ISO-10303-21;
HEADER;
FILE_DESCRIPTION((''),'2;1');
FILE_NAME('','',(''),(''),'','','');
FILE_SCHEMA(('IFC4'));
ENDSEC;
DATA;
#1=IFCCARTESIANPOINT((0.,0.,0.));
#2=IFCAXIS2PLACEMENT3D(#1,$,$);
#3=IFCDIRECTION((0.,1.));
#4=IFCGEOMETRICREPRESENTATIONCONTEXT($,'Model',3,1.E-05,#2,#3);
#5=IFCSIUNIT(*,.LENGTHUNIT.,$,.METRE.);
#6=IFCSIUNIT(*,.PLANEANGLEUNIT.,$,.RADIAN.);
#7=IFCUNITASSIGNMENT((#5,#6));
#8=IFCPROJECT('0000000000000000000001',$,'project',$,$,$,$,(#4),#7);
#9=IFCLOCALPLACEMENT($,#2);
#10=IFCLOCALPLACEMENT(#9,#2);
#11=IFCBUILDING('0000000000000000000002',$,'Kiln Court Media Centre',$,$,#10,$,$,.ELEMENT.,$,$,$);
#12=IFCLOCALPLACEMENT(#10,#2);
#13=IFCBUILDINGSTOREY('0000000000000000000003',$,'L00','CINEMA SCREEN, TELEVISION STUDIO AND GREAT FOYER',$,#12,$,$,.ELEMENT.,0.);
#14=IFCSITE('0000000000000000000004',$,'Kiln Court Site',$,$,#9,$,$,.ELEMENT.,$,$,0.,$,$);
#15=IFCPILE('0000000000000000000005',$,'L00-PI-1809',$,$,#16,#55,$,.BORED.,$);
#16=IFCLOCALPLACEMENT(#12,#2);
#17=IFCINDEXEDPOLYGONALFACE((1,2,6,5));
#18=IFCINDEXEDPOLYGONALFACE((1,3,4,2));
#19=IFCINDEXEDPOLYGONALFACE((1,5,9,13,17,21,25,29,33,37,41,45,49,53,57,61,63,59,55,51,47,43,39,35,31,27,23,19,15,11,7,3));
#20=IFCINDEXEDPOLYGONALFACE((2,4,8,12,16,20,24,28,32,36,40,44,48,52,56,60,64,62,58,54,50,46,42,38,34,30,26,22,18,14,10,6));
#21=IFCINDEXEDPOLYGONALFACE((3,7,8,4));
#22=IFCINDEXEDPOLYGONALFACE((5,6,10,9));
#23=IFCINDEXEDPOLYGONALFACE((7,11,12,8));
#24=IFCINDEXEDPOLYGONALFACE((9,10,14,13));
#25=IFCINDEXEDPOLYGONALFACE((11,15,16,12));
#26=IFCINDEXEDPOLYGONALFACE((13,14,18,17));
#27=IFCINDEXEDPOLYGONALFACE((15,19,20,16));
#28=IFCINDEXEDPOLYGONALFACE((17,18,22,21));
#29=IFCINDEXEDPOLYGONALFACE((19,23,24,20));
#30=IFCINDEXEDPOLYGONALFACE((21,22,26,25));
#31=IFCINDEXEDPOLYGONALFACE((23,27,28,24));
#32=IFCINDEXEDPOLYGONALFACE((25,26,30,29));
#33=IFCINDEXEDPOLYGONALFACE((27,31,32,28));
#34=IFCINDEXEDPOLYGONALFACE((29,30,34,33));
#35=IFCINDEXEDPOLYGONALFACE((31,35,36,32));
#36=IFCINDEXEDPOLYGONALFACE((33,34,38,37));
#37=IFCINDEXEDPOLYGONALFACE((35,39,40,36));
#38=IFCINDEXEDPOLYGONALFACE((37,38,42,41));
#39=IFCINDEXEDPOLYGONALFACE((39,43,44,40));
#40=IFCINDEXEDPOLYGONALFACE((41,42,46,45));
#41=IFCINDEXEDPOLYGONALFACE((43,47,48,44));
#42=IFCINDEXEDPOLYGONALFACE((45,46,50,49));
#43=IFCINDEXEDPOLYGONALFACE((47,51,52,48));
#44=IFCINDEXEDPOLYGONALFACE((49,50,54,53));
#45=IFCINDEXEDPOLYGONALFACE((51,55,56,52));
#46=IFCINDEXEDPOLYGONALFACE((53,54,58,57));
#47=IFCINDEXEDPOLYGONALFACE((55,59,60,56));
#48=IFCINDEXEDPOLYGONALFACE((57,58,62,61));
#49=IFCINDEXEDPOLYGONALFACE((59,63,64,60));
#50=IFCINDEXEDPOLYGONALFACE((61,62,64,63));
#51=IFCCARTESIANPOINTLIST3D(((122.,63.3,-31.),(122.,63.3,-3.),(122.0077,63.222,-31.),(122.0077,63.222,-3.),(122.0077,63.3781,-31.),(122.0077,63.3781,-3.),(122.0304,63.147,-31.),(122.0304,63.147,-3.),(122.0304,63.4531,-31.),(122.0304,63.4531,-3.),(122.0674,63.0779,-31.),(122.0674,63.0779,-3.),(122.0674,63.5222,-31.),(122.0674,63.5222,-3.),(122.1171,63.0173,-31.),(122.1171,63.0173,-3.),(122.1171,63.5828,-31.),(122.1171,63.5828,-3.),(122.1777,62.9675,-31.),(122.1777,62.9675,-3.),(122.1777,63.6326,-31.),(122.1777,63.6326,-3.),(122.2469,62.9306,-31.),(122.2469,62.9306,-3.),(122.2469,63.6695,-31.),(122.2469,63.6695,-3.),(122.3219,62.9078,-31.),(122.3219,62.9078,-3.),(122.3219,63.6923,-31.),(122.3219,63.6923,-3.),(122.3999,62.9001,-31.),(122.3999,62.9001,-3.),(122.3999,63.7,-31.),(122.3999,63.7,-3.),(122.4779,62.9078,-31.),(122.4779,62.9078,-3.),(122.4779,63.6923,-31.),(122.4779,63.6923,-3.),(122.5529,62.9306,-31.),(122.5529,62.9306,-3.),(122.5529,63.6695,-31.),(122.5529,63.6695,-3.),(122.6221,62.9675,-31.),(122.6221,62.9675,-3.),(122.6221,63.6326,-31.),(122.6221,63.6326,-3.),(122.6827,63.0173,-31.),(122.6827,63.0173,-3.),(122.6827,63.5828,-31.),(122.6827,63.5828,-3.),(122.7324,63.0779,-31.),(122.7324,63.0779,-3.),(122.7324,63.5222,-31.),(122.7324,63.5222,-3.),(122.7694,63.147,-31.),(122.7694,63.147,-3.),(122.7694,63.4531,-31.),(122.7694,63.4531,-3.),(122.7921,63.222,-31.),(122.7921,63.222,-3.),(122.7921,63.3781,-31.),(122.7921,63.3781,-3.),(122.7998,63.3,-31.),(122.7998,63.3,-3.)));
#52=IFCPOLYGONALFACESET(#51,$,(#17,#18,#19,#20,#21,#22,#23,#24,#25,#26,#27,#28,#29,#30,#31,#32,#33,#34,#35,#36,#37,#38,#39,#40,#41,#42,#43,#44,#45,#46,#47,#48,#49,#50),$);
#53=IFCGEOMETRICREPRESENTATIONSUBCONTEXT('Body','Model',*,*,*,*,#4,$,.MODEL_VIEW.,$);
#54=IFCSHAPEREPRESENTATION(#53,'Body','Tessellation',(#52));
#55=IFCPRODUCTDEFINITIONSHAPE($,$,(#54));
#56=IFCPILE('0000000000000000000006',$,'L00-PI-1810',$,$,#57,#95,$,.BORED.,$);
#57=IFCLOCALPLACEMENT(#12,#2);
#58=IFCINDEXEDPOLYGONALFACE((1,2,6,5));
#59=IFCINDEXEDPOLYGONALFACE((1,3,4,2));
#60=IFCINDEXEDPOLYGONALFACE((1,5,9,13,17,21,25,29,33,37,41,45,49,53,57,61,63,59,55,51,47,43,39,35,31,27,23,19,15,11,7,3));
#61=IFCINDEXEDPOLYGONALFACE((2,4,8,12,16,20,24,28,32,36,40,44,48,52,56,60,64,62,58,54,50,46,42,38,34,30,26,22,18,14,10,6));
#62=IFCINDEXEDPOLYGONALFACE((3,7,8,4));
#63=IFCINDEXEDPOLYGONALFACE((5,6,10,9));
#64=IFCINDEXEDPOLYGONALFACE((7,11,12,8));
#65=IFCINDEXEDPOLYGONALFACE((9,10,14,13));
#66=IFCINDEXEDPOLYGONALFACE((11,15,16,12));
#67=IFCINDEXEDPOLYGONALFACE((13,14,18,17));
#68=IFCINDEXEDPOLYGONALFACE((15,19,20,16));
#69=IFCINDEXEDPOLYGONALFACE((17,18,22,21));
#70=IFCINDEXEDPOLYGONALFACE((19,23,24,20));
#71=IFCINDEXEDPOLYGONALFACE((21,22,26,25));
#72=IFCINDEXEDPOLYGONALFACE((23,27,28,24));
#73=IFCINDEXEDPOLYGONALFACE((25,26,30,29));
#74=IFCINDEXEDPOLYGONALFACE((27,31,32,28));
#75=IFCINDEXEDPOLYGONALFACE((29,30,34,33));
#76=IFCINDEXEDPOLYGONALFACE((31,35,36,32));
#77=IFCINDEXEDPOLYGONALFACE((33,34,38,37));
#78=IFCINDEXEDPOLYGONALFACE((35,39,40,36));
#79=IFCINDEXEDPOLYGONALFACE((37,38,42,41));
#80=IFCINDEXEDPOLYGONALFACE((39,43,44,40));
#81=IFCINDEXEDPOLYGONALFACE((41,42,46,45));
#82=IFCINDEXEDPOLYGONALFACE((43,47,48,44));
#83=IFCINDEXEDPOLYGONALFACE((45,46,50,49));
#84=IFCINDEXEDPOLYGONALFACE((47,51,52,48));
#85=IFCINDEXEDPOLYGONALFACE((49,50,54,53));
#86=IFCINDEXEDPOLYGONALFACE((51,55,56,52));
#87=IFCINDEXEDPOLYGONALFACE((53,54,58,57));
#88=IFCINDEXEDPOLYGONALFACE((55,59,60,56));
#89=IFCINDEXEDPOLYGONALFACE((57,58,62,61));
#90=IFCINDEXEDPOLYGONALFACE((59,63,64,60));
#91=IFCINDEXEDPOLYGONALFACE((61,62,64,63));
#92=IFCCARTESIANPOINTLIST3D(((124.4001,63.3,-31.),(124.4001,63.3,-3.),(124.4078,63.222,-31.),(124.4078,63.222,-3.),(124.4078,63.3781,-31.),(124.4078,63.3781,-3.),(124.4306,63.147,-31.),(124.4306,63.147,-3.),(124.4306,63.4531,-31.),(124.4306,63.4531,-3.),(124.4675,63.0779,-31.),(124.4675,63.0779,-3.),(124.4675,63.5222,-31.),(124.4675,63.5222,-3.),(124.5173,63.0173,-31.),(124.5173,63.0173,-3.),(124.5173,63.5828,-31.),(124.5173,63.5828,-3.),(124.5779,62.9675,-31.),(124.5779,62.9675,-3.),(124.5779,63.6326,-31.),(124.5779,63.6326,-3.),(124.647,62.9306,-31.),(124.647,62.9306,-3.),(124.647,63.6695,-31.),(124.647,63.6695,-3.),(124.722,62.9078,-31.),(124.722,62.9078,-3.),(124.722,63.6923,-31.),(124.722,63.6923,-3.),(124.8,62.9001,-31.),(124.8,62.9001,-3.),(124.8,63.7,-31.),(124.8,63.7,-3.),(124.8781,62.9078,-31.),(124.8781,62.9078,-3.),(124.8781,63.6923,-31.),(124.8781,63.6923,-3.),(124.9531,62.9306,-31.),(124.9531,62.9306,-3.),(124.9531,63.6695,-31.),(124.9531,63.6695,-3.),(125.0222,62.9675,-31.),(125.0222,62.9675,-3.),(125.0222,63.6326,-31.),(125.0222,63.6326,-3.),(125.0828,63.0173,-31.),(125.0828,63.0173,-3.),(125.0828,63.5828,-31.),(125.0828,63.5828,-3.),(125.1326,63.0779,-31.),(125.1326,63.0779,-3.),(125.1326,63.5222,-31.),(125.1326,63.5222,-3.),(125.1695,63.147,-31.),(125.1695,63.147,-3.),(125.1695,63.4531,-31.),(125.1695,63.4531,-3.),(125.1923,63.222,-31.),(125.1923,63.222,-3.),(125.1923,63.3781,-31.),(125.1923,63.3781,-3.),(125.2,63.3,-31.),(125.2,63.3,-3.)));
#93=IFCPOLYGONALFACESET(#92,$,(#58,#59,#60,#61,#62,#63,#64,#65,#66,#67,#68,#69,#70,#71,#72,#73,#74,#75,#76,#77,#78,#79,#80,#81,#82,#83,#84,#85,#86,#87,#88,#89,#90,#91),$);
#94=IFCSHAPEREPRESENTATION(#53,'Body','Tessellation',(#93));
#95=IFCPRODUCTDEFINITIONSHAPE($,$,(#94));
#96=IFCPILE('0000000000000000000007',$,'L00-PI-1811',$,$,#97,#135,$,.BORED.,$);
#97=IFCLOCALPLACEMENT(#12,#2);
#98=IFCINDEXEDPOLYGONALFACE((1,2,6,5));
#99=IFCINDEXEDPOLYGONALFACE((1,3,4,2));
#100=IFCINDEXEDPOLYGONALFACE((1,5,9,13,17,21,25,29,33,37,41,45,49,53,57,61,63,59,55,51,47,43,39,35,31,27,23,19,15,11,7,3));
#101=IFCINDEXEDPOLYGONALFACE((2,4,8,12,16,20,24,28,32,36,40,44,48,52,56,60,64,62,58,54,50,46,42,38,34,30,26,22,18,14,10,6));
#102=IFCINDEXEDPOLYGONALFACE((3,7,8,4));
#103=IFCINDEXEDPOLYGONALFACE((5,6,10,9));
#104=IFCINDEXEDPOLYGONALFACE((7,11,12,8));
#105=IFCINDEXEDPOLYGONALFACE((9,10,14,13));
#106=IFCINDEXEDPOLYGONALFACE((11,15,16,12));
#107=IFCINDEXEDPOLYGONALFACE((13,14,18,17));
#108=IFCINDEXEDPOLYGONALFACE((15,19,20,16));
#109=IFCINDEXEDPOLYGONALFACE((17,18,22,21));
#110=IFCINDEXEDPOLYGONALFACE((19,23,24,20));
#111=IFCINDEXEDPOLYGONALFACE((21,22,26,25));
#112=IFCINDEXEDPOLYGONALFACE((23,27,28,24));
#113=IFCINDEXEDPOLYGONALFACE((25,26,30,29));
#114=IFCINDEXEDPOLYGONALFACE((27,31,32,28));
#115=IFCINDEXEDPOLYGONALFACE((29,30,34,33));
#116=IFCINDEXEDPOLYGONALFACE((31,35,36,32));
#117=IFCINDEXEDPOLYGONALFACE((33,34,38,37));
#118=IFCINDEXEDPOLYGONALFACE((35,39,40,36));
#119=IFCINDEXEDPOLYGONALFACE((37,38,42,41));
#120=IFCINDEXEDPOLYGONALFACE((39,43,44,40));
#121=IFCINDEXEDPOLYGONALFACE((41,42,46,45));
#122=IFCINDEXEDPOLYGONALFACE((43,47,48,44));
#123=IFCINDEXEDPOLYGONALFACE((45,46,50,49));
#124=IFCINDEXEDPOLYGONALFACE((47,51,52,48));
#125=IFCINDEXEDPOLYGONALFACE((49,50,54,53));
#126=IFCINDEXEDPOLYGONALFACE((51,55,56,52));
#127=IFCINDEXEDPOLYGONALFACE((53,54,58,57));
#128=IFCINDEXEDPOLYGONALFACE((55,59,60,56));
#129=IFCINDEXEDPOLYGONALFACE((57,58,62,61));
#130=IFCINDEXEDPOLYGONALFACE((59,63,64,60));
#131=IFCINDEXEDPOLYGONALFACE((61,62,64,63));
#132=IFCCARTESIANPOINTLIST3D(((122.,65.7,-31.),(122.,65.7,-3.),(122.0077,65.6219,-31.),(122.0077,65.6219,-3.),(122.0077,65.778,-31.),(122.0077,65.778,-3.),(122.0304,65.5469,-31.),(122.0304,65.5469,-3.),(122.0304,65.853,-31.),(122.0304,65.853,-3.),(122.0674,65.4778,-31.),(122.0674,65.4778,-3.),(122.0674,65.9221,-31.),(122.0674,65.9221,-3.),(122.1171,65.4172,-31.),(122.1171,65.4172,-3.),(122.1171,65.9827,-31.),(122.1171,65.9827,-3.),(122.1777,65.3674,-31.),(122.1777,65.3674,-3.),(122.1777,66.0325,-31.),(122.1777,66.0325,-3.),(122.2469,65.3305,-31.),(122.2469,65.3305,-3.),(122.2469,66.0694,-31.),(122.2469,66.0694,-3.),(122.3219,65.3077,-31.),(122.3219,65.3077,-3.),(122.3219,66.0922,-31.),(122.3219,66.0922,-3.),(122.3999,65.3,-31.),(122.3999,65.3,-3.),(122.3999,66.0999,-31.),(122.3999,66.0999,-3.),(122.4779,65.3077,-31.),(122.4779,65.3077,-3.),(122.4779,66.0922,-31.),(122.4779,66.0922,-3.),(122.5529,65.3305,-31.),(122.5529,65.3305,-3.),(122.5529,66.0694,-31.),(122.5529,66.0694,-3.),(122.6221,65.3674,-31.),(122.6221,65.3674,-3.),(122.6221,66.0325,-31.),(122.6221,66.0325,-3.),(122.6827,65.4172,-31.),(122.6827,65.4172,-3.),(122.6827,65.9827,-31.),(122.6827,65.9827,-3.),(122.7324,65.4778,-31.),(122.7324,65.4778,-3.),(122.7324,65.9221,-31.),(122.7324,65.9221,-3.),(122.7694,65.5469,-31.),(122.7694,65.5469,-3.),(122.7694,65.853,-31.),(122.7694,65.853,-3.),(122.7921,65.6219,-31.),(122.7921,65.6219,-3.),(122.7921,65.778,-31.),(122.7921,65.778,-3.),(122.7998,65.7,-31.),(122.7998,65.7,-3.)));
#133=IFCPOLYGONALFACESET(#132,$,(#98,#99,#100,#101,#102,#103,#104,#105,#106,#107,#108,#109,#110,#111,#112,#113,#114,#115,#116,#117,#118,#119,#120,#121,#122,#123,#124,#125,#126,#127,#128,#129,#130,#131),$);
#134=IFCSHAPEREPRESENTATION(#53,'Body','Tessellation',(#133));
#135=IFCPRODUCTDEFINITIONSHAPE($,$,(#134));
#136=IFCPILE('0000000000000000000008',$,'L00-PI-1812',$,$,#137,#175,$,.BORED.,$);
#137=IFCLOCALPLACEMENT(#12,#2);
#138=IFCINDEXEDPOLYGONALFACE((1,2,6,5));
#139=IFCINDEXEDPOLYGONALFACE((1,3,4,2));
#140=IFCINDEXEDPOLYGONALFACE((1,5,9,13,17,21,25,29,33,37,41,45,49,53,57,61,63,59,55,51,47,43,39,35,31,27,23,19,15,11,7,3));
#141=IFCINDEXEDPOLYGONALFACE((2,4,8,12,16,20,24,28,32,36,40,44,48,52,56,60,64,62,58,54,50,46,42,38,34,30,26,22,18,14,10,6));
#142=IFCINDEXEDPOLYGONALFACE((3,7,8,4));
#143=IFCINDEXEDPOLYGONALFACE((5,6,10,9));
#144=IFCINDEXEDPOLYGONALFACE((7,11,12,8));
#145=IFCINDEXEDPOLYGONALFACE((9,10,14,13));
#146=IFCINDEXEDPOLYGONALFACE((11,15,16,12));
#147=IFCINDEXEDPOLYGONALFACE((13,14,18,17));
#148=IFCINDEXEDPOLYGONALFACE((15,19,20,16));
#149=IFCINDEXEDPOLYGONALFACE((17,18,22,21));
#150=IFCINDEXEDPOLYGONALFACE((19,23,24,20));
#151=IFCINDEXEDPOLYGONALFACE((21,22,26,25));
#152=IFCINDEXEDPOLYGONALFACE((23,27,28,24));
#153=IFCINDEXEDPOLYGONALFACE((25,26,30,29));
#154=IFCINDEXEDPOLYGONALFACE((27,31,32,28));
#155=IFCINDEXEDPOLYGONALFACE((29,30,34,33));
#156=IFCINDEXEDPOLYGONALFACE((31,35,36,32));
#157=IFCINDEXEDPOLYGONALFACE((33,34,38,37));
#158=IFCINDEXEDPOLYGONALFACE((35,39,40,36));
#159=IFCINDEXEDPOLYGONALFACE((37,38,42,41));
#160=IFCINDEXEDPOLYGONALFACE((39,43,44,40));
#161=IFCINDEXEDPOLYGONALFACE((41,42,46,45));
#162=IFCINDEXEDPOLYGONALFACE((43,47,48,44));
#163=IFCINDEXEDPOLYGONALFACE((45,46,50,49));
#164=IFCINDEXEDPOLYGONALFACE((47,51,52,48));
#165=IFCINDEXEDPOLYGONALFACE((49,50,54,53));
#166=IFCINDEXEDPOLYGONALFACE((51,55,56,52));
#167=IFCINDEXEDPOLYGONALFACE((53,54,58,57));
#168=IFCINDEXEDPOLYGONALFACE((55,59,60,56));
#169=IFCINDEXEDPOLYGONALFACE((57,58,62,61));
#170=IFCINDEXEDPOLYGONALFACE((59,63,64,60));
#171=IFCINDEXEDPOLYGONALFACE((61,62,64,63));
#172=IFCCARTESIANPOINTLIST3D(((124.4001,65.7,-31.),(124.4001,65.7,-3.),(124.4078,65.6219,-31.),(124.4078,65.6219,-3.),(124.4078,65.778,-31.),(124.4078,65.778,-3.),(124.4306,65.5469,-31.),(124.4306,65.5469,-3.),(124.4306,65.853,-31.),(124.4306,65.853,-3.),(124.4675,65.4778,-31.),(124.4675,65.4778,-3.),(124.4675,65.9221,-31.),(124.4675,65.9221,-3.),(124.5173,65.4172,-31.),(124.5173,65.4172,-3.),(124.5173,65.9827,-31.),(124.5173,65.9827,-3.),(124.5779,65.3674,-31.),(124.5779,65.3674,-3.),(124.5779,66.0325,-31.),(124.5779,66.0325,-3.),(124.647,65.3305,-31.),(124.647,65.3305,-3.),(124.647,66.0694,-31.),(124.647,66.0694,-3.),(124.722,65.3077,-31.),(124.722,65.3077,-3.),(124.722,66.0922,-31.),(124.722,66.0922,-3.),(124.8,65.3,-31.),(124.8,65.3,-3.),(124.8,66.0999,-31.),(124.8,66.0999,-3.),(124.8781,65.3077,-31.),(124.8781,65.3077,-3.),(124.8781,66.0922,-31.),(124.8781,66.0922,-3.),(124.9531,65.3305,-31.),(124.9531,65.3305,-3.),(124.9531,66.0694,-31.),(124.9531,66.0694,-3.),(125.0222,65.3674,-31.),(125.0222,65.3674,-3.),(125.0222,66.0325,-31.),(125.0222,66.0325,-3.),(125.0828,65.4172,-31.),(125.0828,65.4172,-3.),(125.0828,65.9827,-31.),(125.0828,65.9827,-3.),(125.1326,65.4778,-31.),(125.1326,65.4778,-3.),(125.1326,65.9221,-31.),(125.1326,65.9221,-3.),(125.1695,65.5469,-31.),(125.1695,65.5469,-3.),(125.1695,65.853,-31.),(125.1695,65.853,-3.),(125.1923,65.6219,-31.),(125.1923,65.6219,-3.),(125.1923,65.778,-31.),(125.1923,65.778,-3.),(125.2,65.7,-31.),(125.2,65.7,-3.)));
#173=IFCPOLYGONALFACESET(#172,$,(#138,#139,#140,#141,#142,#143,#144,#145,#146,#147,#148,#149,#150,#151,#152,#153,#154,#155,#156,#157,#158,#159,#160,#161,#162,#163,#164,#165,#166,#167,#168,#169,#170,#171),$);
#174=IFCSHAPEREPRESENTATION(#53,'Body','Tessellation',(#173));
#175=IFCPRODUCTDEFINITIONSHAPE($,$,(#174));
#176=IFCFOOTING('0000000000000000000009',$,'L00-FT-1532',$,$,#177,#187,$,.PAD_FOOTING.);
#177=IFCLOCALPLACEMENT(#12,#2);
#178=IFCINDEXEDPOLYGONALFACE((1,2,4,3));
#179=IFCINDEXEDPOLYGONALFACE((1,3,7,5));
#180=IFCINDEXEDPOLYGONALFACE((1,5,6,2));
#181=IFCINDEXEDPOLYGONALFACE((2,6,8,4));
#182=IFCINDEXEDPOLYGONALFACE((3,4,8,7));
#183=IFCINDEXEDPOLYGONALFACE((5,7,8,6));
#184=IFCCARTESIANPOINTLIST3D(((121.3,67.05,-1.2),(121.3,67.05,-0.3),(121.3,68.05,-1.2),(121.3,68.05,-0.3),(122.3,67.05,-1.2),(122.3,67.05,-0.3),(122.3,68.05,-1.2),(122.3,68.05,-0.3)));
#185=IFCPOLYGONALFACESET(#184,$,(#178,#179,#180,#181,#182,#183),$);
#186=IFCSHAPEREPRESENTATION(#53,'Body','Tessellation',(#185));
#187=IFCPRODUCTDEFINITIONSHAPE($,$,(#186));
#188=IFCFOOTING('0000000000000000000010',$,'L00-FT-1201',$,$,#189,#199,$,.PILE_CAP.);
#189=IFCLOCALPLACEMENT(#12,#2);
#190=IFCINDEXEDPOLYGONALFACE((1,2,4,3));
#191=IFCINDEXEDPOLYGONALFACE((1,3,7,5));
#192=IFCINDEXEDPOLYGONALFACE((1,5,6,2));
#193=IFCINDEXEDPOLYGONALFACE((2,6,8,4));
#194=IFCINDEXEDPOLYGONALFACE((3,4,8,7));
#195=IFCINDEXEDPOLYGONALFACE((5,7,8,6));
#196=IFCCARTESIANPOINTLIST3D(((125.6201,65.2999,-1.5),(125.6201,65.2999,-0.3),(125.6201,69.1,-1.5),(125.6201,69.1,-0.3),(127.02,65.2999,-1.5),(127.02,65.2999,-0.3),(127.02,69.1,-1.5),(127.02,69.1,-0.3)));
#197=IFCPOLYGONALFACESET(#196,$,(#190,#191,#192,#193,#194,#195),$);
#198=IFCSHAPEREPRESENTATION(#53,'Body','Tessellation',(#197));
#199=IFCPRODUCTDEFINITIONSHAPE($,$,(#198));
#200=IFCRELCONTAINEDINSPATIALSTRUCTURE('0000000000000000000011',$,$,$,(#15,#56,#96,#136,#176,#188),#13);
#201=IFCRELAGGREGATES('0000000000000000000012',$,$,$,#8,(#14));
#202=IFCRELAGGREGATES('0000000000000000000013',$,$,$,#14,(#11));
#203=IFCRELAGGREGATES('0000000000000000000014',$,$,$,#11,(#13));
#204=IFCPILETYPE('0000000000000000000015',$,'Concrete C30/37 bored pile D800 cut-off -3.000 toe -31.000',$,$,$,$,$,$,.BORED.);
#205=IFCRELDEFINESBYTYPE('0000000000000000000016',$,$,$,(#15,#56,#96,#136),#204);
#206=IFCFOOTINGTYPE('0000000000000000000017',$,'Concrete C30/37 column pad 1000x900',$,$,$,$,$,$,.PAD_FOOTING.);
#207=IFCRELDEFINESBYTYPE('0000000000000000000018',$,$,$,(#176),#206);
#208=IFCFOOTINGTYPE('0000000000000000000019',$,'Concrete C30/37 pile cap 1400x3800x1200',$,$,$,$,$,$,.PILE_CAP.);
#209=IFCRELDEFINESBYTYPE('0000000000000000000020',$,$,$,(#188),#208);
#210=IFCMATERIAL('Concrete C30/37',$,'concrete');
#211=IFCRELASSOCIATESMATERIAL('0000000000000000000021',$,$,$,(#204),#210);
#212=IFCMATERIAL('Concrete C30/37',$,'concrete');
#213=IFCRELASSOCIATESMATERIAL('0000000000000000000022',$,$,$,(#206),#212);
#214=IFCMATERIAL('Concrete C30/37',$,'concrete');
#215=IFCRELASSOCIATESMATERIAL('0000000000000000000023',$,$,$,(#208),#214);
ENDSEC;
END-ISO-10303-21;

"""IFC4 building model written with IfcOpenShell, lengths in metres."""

from ifc_helpers import new_model, si_unit, direction, frame, origin, origin_2d, place, context, subcontext, project, spatial, rectangle, circle, extrude, material, material_profile, profile_set, type_object, element, save


model = new_model("IFC4")

# Units and contexts
model_context = context("Model", 3, precision=1e-05, world=origin(), true_north=direction((0.0, 1.0)))
body_context = subcontext(model_context, "Body", "Model", "MODEL_VIEW")
ifc_project = project(units=[si_unit("LENGTHUNIT", "METRE"), si_unit("PLANEANGLEUNIT", "RADIAN")], contexts=[model_context])

# Site, building, storey
site_placement = place(None, origin())
site = spatial("IfcSite", under=ifc_project, at=site_placement, Name="Kiln Court Site", CompositionType="ELEMENT", RefElevation=0.0)
building_placement = place(site_placement, origin())
building = spatial("IfcBuilding", under=site, at=building_placement, Name="Kiln Court Media Centre", CompositionType="ELEMENT")
storey_placement = place(building_placement, origin())
storey = spatial("IfcBuildingStorey", under=building, at=storey_placement, Name="L00", Description="CINEMA SCREEN, TELEVISION STUDIO AND GREAT FOYER", CompositionType="ELEMENT", Elevation=0.0)

# Piles
ifc_material_1 = material(Name="Concrete C30/37", Category="concrete")
ifc_material_profile_1 = material_profile(ifc_material_1, circle(Radius=0.3999, at=origin_2d()), Name="PILE D800")
ifc_profile_set_1 = profile_set([ifc_material_profile_1], Name="Concrete C30/37")
pile_type_1 = type_object("IfcPileType", Name="Concrete C30/37 bored pile D800 cut-off -3.000 toe -31.000", PredefinedType="BORED", material=ifc_profile_set_1)
for number, where, z_axis, x_axis, name in (
    (1, (122.3999, 63.3, -3.0), (0.0, 0.0, -1.0), (1.0, 0.0, 0.0), "L00-PI-1809"),
    (2, (124.8, 63.3, -3.0), (0.0, 0.0, -1.0), (1.0, 0.0, 0.0), "L00-PI-1810"),
    (3, (122.3999, 65.7, -3.0), (0.0, 0.0, -1.0), (1.0, 0.0, 0.0), "L00-PI-1811"),
    (4, (124.8, 65.7, -3.0), (0.0, 0.0, -1.0), (1.0, 0.0, 0.0), "L00-PI-1812"),
):
    element("IfcPile", number, at=place(storey_placement, frame(where, z_axis=z_axis, x_axis=x_axis)), inside=storey, type_object=pile_type_1, Name=name, PredefinedType="BORED", context=body_context, shape_type="SweptSolid", body=[
        extrude(circle(Radius=0.3999, at=origin_2d()), origin(), (0.0, 0.0, 1.0), 28.0),
    ])

# Footings
ifc_material_2 = material(Name="Concrete C30/37", Category="concrete")
footing_type_1 = type_object("IfcFootingType", Name="Concrete C30/37 column pad 1000x900", PredefinedType="PAD_FOOTING", material=ifc_material_2)
footing_1_placement = place(storey_placement, frame((121.8, 67.55, -1.2), z_axis=(0.0, 0.0, 1.0), x_axis=(1.0, 0.0, 0.0)))
element("IfcFooting", 5, at=footing_1_placement, inside=storey, type_object=footing_type_1, Name="L00-FT-1532", PredefinedType="PAD_FOOTING", context=body_context, shape_type="SweptSolid", body=[
    extrude(rectangle(XDim=1.0, YDim=1.0, at=origin_2d()), origin(), (0.0, 0.0, 1.0), 0.8999),
])
ifc_material_3 = material(Name="Concrete C30/37", Category="concrete")
footing_type_2 = type_object("IfcFootingType", Name="Concrete C30/37 pile cap 1400x3800x1200", PredefinedType="PILE_CAP", material=ifc_material_3)
footing_2_placement = place(storey_placement, frame((126.3201, 67.2, -1.5), z_axis=(0.0, 0.0, 1.0), x_axis=(1.0, 0.0, 0.0)))
element("IfcFooting", 6, at=footing_2_placement, inside=storey, type_object=footing_type_2, Name="L00-FT-1201", PredefinedType="PILE_CAP", context=body_context, shape_type="SweptSolid", body=[
    extrude(rectangle(XDim=1.3999, YDim=3.8, at=origin_2d()), origin(), (0.0, 0.0, 1.0), 1.2),
])

save(model, "model.ifc")
